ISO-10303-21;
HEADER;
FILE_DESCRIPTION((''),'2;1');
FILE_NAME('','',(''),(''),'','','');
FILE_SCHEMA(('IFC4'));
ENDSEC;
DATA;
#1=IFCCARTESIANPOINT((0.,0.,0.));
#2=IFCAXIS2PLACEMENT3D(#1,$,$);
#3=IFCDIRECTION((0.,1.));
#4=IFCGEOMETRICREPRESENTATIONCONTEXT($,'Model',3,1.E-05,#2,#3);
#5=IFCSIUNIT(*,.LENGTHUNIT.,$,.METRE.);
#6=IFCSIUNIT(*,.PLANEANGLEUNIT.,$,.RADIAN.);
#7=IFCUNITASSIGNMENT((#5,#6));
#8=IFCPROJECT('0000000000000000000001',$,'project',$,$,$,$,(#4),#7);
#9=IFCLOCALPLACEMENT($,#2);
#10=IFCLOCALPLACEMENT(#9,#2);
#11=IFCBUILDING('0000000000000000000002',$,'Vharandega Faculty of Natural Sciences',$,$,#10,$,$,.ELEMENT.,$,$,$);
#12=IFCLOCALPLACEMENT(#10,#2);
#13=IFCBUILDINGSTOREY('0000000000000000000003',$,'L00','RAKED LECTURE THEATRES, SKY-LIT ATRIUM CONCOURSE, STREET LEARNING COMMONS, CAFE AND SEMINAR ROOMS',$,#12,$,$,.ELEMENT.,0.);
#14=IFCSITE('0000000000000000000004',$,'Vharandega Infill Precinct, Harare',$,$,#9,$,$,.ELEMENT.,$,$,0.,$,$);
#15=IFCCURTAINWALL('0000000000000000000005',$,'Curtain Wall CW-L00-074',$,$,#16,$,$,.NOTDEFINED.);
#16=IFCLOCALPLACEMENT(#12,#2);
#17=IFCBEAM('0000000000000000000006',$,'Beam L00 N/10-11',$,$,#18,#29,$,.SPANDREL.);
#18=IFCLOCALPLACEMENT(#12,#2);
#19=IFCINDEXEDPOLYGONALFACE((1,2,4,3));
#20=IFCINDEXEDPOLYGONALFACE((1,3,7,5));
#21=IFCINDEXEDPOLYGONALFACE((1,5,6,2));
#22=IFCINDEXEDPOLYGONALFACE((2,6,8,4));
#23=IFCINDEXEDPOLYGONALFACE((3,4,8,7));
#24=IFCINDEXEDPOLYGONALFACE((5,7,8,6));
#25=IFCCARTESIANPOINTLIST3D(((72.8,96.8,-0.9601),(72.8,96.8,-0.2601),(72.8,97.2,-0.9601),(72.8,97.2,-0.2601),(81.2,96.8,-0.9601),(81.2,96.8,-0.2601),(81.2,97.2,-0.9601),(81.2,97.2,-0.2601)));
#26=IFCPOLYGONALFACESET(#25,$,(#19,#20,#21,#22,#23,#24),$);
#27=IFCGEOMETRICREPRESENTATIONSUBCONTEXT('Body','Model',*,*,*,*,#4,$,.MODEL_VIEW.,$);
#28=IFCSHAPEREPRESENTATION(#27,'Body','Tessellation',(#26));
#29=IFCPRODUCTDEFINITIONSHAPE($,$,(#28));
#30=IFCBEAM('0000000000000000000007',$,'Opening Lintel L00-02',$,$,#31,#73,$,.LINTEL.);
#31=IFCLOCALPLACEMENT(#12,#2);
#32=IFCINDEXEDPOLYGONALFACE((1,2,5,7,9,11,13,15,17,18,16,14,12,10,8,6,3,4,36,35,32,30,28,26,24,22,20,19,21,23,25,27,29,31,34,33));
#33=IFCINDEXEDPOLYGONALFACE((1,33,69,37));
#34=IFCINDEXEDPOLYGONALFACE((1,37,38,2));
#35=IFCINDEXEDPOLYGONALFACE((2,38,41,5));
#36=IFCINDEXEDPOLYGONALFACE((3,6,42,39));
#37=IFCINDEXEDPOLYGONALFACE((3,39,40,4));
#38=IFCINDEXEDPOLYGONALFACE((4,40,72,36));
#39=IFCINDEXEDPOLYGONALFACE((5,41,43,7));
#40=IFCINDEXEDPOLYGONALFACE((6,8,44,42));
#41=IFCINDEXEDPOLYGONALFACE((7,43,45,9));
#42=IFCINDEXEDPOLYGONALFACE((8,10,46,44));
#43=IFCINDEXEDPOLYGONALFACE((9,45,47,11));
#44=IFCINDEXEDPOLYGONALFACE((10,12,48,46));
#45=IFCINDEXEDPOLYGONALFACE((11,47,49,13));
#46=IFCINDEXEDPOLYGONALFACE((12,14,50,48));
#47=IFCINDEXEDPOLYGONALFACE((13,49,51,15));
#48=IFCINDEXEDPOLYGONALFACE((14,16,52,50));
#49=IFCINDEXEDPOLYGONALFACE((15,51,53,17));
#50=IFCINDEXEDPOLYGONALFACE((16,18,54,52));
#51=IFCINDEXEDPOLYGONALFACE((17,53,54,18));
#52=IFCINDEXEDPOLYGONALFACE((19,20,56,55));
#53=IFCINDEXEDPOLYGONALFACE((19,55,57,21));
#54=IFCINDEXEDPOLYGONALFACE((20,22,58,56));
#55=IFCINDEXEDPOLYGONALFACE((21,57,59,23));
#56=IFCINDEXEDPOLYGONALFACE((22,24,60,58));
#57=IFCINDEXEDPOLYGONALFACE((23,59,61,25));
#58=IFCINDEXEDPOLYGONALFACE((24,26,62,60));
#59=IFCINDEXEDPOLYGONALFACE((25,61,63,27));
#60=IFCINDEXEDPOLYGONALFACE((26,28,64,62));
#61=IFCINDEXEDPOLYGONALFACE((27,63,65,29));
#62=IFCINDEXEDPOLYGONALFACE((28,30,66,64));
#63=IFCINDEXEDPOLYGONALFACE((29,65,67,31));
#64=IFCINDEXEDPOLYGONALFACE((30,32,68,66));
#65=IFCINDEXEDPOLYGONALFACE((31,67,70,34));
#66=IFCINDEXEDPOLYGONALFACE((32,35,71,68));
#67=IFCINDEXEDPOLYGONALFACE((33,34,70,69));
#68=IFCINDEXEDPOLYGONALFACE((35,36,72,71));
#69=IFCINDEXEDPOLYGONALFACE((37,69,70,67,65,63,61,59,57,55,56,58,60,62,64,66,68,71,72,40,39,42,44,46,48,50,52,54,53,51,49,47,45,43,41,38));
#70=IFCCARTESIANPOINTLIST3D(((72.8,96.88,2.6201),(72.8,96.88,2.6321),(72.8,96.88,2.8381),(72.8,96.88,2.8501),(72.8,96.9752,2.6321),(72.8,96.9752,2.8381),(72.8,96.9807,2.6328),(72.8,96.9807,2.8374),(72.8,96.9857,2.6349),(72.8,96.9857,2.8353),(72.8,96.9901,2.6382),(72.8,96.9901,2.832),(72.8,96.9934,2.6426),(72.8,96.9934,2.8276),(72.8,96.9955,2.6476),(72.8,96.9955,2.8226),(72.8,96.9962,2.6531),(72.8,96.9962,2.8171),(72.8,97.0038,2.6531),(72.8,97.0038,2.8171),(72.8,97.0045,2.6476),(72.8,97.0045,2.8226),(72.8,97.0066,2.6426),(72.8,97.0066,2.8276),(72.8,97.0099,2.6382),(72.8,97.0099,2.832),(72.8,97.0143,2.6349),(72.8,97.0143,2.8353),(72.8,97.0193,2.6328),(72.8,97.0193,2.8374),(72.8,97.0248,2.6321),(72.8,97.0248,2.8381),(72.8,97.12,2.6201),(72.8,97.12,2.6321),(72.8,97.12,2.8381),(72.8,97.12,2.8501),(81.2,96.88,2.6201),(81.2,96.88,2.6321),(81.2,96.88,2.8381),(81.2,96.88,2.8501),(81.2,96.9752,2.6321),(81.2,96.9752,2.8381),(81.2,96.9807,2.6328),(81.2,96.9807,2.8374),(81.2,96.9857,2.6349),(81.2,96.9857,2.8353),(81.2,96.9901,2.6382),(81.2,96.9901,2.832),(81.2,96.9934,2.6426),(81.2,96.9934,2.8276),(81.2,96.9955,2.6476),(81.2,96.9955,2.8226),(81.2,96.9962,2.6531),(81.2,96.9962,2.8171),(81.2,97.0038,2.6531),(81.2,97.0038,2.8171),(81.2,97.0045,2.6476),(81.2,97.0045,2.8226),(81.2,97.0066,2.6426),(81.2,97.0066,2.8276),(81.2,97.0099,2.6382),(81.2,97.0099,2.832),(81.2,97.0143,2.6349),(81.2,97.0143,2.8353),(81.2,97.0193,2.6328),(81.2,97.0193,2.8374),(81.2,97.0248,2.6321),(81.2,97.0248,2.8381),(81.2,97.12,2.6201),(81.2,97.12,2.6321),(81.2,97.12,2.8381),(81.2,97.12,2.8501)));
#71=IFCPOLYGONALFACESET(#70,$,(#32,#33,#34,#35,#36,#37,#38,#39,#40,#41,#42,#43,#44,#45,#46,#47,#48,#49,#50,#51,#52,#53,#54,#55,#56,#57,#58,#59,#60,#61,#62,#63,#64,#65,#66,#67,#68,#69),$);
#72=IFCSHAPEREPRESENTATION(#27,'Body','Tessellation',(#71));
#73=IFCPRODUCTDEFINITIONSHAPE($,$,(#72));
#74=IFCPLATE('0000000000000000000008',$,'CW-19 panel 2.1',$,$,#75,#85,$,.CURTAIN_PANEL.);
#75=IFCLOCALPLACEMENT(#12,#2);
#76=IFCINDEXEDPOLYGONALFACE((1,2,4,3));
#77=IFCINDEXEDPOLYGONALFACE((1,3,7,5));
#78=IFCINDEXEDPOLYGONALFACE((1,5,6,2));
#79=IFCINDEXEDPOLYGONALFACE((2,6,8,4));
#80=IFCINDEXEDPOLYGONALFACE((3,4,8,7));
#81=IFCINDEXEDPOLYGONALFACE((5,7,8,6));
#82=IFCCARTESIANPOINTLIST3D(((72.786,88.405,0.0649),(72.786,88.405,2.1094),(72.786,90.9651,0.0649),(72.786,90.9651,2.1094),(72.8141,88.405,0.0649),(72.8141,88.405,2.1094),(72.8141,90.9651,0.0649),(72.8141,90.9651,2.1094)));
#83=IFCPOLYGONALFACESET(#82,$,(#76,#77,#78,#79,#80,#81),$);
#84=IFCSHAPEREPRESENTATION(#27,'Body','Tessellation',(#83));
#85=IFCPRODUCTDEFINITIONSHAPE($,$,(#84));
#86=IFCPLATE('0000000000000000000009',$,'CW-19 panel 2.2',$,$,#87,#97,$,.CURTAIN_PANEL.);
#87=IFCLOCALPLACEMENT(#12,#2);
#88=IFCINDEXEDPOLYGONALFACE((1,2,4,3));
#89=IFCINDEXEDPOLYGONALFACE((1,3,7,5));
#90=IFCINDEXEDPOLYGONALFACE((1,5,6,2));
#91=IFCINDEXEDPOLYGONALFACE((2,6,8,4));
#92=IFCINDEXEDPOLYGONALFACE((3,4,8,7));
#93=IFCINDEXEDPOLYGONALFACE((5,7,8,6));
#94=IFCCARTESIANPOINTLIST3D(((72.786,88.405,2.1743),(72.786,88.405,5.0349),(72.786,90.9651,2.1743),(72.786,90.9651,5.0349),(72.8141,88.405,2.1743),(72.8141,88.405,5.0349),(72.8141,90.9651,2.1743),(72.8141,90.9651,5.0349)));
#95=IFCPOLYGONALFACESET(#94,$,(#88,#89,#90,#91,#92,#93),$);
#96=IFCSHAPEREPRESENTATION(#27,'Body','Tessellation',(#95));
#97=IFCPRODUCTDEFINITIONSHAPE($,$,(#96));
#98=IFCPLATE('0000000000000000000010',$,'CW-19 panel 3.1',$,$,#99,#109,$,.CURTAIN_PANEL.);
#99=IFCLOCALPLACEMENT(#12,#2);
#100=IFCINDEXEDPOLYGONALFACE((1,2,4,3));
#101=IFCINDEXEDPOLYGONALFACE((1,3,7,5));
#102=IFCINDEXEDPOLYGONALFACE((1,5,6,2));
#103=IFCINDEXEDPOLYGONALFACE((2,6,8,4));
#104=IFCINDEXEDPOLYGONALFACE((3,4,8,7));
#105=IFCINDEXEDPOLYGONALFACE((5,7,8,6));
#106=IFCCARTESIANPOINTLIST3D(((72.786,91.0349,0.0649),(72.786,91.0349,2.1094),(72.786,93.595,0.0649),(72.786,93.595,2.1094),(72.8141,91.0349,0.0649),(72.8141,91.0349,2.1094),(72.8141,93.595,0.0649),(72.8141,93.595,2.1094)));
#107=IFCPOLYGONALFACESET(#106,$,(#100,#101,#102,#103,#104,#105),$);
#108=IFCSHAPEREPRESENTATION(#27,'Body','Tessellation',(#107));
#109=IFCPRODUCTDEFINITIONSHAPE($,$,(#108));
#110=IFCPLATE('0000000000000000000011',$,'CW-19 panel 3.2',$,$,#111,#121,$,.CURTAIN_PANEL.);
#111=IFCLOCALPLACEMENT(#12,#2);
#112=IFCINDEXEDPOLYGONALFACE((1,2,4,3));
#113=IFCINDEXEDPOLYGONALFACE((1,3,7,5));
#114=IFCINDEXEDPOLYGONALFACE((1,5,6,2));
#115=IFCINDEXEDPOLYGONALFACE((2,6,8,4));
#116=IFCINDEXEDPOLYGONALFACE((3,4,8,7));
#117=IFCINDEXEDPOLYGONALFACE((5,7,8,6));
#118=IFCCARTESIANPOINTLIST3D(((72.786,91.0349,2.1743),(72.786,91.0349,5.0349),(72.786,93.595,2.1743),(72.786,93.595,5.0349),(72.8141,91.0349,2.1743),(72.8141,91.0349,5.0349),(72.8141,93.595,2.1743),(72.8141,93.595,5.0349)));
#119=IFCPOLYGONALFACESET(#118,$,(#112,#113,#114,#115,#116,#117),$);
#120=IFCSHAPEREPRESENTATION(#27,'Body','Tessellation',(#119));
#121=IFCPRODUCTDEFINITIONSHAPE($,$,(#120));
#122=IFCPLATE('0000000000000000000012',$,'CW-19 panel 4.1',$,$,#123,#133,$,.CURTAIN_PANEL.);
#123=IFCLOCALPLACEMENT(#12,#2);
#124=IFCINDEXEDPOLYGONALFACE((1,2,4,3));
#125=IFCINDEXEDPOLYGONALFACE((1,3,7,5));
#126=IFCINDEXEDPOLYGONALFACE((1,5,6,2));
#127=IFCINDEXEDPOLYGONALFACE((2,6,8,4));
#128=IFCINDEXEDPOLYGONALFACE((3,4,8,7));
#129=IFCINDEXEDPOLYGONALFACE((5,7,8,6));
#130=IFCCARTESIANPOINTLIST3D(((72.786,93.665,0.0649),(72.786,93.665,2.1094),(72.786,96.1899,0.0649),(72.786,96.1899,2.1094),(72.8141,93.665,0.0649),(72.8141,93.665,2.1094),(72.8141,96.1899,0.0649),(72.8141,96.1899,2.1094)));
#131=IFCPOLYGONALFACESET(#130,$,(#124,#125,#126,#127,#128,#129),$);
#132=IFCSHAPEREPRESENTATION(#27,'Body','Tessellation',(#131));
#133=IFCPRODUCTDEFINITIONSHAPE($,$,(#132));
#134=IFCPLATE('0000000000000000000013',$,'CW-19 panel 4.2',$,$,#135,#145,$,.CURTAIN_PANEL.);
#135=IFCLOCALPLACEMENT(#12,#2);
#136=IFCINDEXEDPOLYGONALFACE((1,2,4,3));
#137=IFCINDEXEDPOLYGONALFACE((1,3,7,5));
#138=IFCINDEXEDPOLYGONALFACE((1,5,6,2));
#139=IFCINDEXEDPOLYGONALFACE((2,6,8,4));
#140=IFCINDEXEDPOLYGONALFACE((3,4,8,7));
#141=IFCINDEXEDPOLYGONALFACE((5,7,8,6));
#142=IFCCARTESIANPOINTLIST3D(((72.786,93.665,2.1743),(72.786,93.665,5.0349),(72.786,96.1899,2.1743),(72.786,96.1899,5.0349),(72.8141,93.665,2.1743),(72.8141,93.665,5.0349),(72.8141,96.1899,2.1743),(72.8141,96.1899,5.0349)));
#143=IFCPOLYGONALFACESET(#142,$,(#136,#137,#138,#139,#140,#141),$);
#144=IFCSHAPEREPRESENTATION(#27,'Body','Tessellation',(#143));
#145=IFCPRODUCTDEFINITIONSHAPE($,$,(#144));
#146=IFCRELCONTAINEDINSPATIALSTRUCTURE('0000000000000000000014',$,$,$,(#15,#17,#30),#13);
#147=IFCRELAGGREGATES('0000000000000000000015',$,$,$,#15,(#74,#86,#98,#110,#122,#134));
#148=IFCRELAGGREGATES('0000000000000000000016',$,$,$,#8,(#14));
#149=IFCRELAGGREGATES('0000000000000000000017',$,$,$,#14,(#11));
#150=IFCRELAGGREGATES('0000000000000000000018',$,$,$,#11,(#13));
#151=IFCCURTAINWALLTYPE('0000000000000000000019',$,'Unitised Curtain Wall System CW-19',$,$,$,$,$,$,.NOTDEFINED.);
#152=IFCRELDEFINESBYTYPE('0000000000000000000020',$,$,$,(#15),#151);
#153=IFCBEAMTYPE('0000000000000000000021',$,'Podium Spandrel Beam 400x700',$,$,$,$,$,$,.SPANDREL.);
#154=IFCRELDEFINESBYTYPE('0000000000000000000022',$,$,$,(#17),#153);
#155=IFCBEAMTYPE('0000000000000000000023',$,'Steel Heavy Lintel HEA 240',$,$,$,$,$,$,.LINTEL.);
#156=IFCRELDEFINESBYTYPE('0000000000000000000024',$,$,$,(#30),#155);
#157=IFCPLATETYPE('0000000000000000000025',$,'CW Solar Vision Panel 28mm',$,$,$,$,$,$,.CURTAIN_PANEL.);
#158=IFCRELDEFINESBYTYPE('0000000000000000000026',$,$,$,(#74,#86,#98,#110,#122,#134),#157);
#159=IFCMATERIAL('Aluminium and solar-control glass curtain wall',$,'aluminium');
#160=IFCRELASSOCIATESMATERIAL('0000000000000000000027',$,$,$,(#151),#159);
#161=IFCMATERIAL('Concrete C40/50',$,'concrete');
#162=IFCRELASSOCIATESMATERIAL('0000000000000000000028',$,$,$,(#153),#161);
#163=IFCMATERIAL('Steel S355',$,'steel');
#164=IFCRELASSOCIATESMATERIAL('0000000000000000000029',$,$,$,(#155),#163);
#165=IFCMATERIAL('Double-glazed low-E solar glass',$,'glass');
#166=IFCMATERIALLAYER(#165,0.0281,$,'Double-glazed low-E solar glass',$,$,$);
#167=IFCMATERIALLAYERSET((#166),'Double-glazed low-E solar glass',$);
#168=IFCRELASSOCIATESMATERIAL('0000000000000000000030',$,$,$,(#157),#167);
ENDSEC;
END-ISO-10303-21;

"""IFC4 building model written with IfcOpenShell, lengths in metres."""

from ifc_helpers import new_model, si_unit, direction, frame, origin, origin_2d, place, context, subcontext, project, spatial, rectangle, i_section, extrude, material, layer, layer_set, material_profile, profile_set, type_object, element, aggregate, save


model = new_model("IFC4")

# Units and contexts
model_context = context("Model", 3, precision=1e-05, world=origin(), true_north=direction((0.0, 1.0)))
body_context = subcontext(model_context, "Body", "Model", "MODEL_VIEW")
ifc_project = project(units=[si_unit("LENGTHUNIT", "METRE"), si_unit("PLANEANGLEUNIT", "RADIAN")], contexts=[model_context])

# Site, building, storey
site_placement = place(None, origin())
site = spatial("IfcSite", under=ifc_project, at=site_placement, Name="Vharandega Infill Precinct, Harare", CompositionType="ELEMENT", RefElevation=0.0)
building_placement = place(site_placement, origin())
building = spatial("IfcBuilding", under=site, at=building_placement, Name="Vharandega Faculty of Natural Sciences", CompositionType="ELEMENT")
storey_placement = place(building_placement, origin())
storey = spatial("IfcBuildingStorey", under=building, at=storey_placement, Name="L00", Description="RAKED LECTURE THEATRES, SKY-LIT ATRIUM CONCOURSE, STREET LEARNING COMMONS, CAFE AND SEMINAR ROOMS", CompositionType="ELEMENT", Elevation=0.0)

# Curtain wall
ifc_material_1 = material(Name="Aluminium and solar-control glass curtain wall", Category="aluminium")
curtain_wall_type = type_object("IfcCurtainWallType", Name="Unitised Curtain Wall System CW-19", PredefinedType="NOTDEFINED", material=ifc_material_1)
curtain_wall_placement = place(storey_placement, origin())
curtain_wall = element("IfcCurtainWall", 1, at=curtain_wall_placement, inside=storey, type_object=curtain_wall_type, Name="Curtain Wall CW-L00-074", PredefinedType="NOTDEFINED")

# Beams
ifc_material_2 = material(Name="Concrete C40/50", Category="concrete")
ifc_material_profile_1 = material_profile(ifc_material_2, rectangle(XDim=0.3999, YDim=0.7, at=origin_2d()), Name="RC 400x700")
ifc_profile_set_1 = profile_set([ifc_material_profile_1], Name="Concrete C40/50")
beam_type_1 = type_object("IfcBeamType", Name="Podium Spandrel Beam 400x700", PredefinedType="SPANDREL", material=ifc_profile_set_1)
beam_1_placement = place(storey_placement, frame((72.8, 97.0, -0.6101), z_axis=(1.0, 0.0, 0.0), x_axis=(0.0, 1.0, 0.0)))
element("IfcBeam", 2, at=beam_1_placement, inside=storey, type_object=beam_type_1, Name="Beam L00 N/10-11", PredefinedType="SPANDREL", context=body_context, shape_type="SweptSolid", body=[
    extrude(rectangle(XDim=0.3999, YDim=0.7, at=origin_2d()), origin(), (0.0, 0.0, 1.0), 8.3999),
])
ifc_material_3 = material(Name="Steel S355", Category="steel")
ifc_material_profile_2 = material_profile(ifc_material_3, i_section(OverallWidth=0.24, OverallDepth=0.23, WebThickness=0.0076, FlangeThickness=0.012, FilletRadius=0.021, at=origin_2d()), Name="HEA 240")
ifc_profile_set_2 = profile_set([ifc_material_profile_2], Name="Steel S355")
beam_type_2 = type_object("IfcBeamType", Name="Steel Heavy Lintel HEA 240", PredefinedType="LINTEL", material=ifc_profile_set_2)
beam_2_placement = place(storey_placement, frame((72.8, 97.0, 2.7351), z_axis=(1.0, 0.0, 0.0), x_axis=(0.0, 1.0, 0.0)))
element("IfcBeam", 3, at=beam_2_placement, inside=storey, type_object=beam_type_2, Name="Opening Lintel L00-02", PredefinedType="LINTEL", context=body_context, shape_type="SweptSolid", body=[
    extrude(i_section(OverallWidth=0.24, OverallDepth=0.23, WebThickness=0.0076, FlangeThickness=0.012, FilletRadius=0.021, at=origin_2d()), origin(), (0.0, 0.0, 1.0), 8.3999),
])

# Plates
ifc_material_4 = material(Name="Double-glazed low-E solar glass", Category="glass")
ifc_layer = layer(ifc_material_4, 0.0281, Name="Double-glazed low-E solar glass")
ifc_layer_set = layer_set([ifc_layer], Name="Double-glazed low-E solar glass")
plate_type = type_object("IfcPlateType", Name="CW Solar Vision Panel 28mm", PredefinedType="CURTAIN_PANEL", material=ifc_layer_set)
plate_1_placement = place(storey_placement, frame((72.8, 89.6851, 0.0649), z_axis=(0.0, 0.0, 1.0), x_axis=(0.0, 1.0, 0.0)))
plate_1 = element("IfcPlate", 4, at=plate_1_placement, type_object=plate_type, Name="CW-19 panel 2.1", PredefinedType="CURTAIN_PANEL", context=body_context, shape_type="SweptSolid", body=[
    extrude(rectangle(XDim=2.5601, YDim=0.0281, at=origin_2d()), origin(), (0.0, 0.0, 1.0), 2.0444),
])
plate_2_placement = place(storey_placement, frame((72.8, 89.6851, 2.1743), z_axis=(0.0, 0.0, 1.0), x_axis=(0.0, 1.0, 0.0)))
plate_2 = element("IfcPlate", 5, at=plate_2_placement, type_object=plate_type, Name="CW-19 panel 2.2", PredefinedType="CURTAIN_PANEL", context=body_context, shape_type="SweptSolid", body=[
    extrude(rectangle(XDim=2.5601, YDim=0.0281, at=origin_2d()), origin(), (0.0, 0.0, 1.0), 2.8606),
])
plate_3_placement = place(storey_placement, frame((72.8, 92.3149, 0.0649), z_axis=(0.0, 0.0, 1.0), x_axis=(0.0, 1.0, 0.0)))
plate_3 = element("IfcPlate", 6, at=plate_3_placement, type_object=plate_type, Name="CW-19 panel 3.1", PredefinedType="CURTAIN_PANEL", context=body_context, shape_type="SweptSolid", body=[
    extrude(rectangle(XDim=2.5601, YDim=0.0281, at=origin_2d()), origin(), (0.0, 0.0, 1.0), 2.0444),
])
plate_4_placement = place(storey_placement, frame((72.8, 92.3149, 2.1743), z_axis=(0.0, 0.0, 1.0), x_axis=(0.0, 1.0, 0.0)))
plate_4 = element("IfcPlate", 7, at=plate_4_placement, type_object=plate_type, Name="CW-19 panel 3.2", PredefinedType="CURTAIN_PANEL", context=body_context, shape_type="SweptSolid", body=[
    extrude(rectangle(XDim=2.5601, YDim=0.0281, at=origin_2d()), origin(), (0.0, 0.0, 1.0), 2.8606),
])
plate_5_placement = place(storey_placement, frame((72.8, 94.9275, 0.0649), z_axis=(0.0, 0.0, 1.0), x_axis=(0.0, 1.0, 0.0)))
plate_5 = element("IfcPlate", 8, at=plate_5_placement, type_object=plate_type, Name="CW-19 panel 4.1", PredefinedType="CURTAIN_PANEL", context=body_context, shape_type="SweptSolid", body=[
    extrude(rectangle(XDim=2.5249, YDim=0.0281, at=origin_2d()), origin(), (0.0, 0.0, 1.0), 2.0444),
])
plate_6_placement = place(storey_placement, frame((72.8, 94.9275, 2.1743), z_axis=(0.0, 0.0, 1.0), x_axis=(0.0, 1.0, 0.0)))
plate_6 = element("IfcPlate", 9, at=plate_6_placement, type_object=plate_type, Name="CW-19 panel 4.2", PredefinedType="CURTAIN_PANEL", context=body_context, shape_type="SweptSolid", body=[
    extrude(rectangle(XDim=2.5249, YDim=0.0281, at=origin_2d()), origin(), (0.0, 0.0, 1.0), 2.8606),
])
aggregate(curtain_wall, [plate_1, plate_2, plate_3, plate_4, plate_5, plate_6])

save(model, "model.ifc")
